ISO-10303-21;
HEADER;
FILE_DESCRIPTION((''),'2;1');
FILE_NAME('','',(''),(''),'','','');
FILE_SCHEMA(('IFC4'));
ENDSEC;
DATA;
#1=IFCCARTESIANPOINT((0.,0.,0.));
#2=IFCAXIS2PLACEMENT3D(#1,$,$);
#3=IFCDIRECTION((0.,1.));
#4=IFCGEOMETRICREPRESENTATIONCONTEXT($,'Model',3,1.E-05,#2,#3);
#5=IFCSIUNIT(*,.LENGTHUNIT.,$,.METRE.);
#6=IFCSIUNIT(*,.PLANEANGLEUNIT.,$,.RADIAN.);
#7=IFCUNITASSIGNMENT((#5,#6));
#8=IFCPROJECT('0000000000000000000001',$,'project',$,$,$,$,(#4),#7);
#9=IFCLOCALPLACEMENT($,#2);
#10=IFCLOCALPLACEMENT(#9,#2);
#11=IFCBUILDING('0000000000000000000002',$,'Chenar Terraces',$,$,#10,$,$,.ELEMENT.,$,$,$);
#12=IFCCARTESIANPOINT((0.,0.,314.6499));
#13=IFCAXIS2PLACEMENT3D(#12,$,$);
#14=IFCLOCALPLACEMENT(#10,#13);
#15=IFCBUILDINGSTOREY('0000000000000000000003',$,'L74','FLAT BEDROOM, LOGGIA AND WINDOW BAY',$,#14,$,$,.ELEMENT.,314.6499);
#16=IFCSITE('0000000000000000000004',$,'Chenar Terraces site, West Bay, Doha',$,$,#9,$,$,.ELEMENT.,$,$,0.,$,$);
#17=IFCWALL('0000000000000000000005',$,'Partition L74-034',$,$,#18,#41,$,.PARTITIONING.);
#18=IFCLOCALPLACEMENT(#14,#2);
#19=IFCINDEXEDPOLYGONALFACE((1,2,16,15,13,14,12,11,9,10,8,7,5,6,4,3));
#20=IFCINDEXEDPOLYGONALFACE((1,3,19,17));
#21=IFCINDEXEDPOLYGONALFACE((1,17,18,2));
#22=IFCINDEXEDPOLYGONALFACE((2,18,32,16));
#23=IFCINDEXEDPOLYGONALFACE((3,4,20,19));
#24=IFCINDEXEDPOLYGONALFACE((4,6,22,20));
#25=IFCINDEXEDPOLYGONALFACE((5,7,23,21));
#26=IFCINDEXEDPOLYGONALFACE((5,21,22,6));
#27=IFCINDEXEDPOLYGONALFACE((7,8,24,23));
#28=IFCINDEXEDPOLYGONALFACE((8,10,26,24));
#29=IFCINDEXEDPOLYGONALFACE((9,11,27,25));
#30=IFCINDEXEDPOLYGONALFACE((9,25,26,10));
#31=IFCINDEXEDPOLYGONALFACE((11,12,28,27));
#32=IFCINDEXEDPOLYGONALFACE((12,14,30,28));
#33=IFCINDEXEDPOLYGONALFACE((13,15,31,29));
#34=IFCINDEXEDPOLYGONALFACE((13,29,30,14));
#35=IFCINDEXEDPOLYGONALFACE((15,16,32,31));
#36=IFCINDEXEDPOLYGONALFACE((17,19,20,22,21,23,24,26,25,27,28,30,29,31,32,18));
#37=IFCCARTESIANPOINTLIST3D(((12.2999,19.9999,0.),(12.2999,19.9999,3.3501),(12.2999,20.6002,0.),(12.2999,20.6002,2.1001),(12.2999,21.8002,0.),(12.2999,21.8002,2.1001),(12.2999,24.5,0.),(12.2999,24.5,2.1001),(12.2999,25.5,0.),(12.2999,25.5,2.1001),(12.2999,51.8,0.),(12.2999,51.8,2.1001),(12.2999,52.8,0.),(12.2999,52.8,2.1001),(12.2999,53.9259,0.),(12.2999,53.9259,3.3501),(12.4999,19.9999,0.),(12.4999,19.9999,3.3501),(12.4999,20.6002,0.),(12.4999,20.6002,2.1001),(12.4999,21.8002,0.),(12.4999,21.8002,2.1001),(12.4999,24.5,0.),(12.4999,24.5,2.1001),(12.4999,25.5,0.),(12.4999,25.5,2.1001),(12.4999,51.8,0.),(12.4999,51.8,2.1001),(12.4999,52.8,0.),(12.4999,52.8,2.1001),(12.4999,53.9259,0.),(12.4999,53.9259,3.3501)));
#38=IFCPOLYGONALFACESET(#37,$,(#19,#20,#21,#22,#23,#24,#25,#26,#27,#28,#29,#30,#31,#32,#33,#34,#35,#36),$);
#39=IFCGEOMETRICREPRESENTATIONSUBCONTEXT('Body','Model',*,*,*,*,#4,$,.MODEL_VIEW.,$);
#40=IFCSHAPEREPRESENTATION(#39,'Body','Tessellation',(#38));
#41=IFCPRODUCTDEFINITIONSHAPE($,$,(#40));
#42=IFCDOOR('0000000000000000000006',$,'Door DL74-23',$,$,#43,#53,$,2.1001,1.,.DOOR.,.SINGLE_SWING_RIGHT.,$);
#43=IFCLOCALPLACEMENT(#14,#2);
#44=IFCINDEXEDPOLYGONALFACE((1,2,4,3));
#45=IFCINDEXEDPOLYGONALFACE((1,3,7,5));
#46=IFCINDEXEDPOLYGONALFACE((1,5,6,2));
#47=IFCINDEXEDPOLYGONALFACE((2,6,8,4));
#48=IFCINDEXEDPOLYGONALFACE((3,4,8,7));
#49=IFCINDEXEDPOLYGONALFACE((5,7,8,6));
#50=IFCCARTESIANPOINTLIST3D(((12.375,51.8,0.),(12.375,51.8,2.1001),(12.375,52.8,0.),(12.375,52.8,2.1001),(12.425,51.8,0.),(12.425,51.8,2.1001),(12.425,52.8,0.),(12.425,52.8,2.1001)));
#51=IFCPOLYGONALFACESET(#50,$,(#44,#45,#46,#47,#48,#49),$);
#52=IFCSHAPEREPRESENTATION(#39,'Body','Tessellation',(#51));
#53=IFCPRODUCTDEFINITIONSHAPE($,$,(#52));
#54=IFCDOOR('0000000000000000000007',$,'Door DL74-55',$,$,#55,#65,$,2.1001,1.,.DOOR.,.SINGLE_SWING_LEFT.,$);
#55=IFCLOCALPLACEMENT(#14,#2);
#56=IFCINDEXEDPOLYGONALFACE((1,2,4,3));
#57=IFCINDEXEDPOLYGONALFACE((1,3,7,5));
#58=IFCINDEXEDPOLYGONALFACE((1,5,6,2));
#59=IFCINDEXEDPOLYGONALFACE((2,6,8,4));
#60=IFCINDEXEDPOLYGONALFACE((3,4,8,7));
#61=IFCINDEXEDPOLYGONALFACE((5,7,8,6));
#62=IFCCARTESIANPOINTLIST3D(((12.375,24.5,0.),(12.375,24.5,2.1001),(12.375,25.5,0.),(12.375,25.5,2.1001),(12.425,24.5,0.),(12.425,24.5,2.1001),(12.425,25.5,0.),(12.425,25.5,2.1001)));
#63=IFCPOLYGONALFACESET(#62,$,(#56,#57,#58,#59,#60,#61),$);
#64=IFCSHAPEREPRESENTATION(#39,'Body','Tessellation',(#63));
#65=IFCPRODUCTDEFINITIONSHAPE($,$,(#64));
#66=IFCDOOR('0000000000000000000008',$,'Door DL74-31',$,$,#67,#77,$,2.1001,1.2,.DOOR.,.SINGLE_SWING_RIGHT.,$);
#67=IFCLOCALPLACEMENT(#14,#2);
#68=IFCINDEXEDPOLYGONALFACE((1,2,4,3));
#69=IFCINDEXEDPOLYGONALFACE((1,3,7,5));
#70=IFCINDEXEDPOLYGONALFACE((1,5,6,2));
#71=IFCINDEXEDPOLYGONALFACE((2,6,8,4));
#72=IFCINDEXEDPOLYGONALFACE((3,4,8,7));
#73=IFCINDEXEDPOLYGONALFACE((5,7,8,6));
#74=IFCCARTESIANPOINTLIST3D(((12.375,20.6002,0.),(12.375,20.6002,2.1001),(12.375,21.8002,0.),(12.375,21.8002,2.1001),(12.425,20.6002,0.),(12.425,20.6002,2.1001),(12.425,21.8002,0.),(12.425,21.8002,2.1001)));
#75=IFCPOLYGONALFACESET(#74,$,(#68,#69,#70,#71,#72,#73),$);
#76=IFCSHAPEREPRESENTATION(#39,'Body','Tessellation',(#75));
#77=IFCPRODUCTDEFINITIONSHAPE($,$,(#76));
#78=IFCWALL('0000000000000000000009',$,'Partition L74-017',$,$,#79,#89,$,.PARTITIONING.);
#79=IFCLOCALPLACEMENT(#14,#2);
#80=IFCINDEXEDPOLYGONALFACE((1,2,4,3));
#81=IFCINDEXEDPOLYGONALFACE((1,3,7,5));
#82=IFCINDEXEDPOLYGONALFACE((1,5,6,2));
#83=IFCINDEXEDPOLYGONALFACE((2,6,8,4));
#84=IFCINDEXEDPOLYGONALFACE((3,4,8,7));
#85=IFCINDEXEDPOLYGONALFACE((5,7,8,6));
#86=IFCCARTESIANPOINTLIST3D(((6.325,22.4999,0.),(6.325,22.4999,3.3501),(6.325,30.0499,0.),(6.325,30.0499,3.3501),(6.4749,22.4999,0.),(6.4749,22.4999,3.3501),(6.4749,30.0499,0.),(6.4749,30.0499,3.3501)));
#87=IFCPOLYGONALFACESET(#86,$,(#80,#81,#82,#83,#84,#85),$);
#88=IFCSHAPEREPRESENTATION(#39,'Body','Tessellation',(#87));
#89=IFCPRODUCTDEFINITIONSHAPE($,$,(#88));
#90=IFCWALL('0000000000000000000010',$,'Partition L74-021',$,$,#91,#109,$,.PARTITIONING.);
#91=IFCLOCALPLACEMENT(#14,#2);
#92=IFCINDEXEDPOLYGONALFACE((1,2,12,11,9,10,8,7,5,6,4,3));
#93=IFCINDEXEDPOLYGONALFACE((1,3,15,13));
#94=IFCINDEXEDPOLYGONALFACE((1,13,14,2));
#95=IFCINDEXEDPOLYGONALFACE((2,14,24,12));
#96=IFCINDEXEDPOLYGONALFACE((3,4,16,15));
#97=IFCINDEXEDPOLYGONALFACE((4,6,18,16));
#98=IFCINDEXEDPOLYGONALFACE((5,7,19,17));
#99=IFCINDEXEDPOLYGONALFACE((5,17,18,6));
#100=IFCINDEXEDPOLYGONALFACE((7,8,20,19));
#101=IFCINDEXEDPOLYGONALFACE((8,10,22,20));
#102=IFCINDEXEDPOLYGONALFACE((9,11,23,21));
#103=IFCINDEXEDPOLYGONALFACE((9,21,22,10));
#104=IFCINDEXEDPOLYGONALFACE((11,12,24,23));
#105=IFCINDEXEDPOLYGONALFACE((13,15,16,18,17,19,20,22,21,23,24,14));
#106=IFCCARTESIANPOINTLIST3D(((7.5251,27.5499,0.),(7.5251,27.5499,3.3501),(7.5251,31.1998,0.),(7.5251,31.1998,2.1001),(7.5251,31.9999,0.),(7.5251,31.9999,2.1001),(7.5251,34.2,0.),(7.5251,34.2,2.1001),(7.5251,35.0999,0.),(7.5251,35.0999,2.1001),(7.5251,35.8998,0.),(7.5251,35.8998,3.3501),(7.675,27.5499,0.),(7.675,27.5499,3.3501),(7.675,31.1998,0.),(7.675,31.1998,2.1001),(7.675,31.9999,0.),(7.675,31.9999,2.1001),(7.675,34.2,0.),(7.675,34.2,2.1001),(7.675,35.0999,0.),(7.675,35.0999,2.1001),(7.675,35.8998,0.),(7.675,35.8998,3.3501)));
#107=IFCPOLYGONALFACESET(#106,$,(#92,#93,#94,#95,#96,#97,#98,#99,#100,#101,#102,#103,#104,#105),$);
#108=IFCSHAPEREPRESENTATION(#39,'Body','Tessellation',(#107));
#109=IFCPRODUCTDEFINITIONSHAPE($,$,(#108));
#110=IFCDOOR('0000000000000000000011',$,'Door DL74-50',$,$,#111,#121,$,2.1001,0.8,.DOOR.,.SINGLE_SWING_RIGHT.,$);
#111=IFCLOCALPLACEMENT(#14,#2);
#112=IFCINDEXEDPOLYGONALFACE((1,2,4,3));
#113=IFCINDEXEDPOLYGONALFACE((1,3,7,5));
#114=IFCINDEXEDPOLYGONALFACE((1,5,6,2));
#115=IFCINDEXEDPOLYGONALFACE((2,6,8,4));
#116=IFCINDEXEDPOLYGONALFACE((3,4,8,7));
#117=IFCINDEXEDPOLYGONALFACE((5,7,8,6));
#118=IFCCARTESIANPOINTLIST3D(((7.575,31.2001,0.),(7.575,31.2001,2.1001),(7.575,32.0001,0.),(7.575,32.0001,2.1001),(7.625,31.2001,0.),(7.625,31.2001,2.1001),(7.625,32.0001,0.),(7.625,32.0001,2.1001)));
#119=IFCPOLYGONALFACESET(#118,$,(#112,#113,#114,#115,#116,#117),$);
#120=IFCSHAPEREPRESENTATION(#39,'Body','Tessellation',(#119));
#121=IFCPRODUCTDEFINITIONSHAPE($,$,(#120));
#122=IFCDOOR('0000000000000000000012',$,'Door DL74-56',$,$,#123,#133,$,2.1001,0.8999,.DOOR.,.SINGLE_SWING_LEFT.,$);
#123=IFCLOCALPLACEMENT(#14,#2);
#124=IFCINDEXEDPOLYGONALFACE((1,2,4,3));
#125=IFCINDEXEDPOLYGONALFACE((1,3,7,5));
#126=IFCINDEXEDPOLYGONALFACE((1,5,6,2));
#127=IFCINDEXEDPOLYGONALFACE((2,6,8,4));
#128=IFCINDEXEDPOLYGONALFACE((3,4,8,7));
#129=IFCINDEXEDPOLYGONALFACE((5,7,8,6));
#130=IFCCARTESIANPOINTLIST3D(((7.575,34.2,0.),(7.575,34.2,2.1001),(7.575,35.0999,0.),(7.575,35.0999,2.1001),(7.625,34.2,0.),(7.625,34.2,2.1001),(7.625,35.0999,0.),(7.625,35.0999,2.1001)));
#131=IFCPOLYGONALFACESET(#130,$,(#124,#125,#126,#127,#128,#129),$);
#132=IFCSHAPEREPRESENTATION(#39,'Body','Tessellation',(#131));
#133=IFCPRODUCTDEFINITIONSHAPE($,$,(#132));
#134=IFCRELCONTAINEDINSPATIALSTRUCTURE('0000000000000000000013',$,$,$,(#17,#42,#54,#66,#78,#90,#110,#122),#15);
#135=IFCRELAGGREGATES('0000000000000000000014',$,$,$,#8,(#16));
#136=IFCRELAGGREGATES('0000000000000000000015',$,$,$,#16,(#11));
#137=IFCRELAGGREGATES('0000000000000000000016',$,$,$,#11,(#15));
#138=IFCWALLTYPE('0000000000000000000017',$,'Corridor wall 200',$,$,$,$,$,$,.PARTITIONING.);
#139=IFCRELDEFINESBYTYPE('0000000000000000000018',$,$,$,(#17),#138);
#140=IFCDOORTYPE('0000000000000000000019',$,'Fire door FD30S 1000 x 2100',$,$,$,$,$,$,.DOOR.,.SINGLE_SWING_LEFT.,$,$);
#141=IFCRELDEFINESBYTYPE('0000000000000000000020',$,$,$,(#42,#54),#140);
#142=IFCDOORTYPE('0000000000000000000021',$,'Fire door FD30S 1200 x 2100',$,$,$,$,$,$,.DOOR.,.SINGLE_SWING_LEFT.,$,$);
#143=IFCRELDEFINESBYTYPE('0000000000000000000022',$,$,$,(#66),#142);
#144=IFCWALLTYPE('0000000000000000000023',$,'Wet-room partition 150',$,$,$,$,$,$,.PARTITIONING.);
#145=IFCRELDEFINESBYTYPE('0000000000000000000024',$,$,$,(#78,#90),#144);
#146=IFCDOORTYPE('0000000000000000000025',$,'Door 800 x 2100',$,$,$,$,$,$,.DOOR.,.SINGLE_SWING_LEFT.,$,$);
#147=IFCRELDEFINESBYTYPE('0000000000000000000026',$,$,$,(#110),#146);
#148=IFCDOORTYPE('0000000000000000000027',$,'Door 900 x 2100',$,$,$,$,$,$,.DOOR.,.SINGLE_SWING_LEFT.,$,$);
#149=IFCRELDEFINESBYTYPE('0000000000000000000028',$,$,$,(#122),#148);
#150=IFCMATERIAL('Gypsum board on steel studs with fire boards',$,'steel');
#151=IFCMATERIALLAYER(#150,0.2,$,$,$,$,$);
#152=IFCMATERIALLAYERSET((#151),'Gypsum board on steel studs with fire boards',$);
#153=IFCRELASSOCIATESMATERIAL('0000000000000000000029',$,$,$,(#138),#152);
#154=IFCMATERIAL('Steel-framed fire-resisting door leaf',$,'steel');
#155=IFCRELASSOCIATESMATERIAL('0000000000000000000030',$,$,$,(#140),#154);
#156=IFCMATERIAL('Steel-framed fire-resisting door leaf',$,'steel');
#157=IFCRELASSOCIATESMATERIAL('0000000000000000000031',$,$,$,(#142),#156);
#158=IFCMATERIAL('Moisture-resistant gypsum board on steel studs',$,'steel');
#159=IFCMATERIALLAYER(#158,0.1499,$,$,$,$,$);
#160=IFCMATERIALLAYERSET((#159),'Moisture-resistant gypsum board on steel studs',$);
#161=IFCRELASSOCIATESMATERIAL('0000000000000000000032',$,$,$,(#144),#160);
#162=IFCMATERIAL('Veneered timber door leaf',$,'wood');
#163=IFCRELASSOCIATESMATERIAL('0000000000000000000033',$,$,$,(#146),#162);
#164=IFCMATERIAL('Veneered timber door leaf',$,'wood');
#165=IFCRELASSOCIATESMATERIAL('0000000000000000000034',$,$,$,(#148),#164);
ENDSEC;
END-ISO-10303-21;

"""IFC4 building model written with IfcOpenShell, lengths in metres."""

from ifc_helpers import new_model, si_unit, direction, frame, frame_2d, origin, place, context, subcontext, project, spatial, rectangle, extrude, material, layer, layer_set, type_object, element, fill, save


model = new_model("IFC4")

# Units and contexts
model_context = context("Model", 3, precision=1e-05, world=origin(), true_north=direction((0.0, 1.0)))
body_context = subcontext(model_context, "Body", "Model", "MODEL_VIEW")
ifc_project = project(units=[si_unit("LENGTHUNIT", "METRE"), si_unit("PLANEANGLEUNIT", "RADIAN")], contexts=[model_context])

# Site, building, storey
site_placement = place(None, origin())
site = spatial("IfcSite", under=ifc_project, at=site_placement, Name="Chenar Terraces site, West Bay, Doha", CompositionType="ELEMENT", RefElevation=0.0)
building_placement = place(site_placement, origin())
building = spatial("IfcBuilding", under=site, at=building_placement, Name="Chenar Terraces", CompositionType="ELEMENT")
storey_placement = place(building_placement, frame((0.0, 0.0, 314.6499)))
storey = spatial("IfcBuildingStorey", under=building, at=storey_placement, Name="L74", Description="FLAT BEDROOM, LOGGIA AND WINDOW BAY", CompositionType="ELEMENT", Elevation=314.6499)

# Wall, openings, doors
ifc_material_1 = material(Name="Gypsum board on steel studs with fire boards", Category="steel")
ifc_layer_1 = layer(ifc_material_1, 0.2)
ifc_layer_set_1 = layer_set([ifc_layer_1], Name="Gypsum board on steel studs with fire boards")
wall_type_1 = type_object("IfcWallType", Name="Corridor wall 200", PredefinedType="PARTITIONING", material=ifc_layer_set_1)
wall_1_placement = place(storey_placement, frame((12.3999, 20.0, 0.0), z_axis=(0.0, 0.0, 1.0), x_axis=(0.0, 1.0, 0.0)))
wall_1 = element("IfcWall", 1, at=wall_1_placement, inside=storey, type_object=wall_type_1, Name="Partition L74-034", PredefinedType="PARTITIONING", context=body_context, shape_type="SweptSolid", body=[
    extrude(rectangle(XDim=33.926, YDim=0.2, at=frame_2d((16.9629, 0.0))), origin(), (0.0, 0.0, 1.0), 3.3501),
])
opening_1_placement = place(wall_1_placement, frame((31.8, 0.0, 0.0)))
opening_1 = element("IfcOpeningElement", 2, at=opening_1_placement, cuts=wall_1, PredefinedType="OPENING", context=body_context, shape_type="SweptSolid", body=[
    extrude(rectangle(XDim=1.0, YDim=2.1001, at=frame_2d((0.5, 1.05))), frame((0.0, 0.1099, 0.0), z_axis=(0.0, -1.0, 0.0), x_axis=(1.0, 0.0, 0.0)), (0.0, 0.0, 1.0), 0.22),
])
opening_2_placement = place(wall_1_placement, frame((0.6001, 0.0, 0.0)))
opening_2 = element("IfcOpeningElement", 3, at=opening_2_placement, cuts=wall_1, PredefinedType="OPENING", context=body_context, shape_type="SweptSolid", body=[
    extrude(rectangle(XDim=1.2, YDim=2.1001, at=frame_2d((0.6001, 1.05))), frame((0.0, 0.1099, 0.0), z_axis=(0.0, -1.0, 0.0), x_axis=(1.0, 0.0, 0.0)), (0.0, 0.0, 1.0), 0.22),
])
opening_3_placement = place(wall_1_placement, frame((4.5, 0.0, 0.0)))
opening_3 = element("IfcOpeningElement", 4, at=opening_3_placement, cuts=wall_1, PredefinedType="OPENING", context=body_context, shape_type="SweptSolid", body=[
    extrude(rectangle(XDim=1.0, YDim=2.1001, at=frame_2d((0.5, 1.05))), frame((0.0, 0.1099, 0.0), z_axis=(0.0, -1.0, 0.0), x_axis=(1.0, 0.0, 0.0)), (0.0, 0.0, 1.0), 0.22),
])
ifc_material_2 = material(Name="Steel-framed fire-resisting door leaf", Category="steel")
door_type_1 = type_object("IfcDoorType", Name="Fire door FD30S 1000 x 2100", OperationType="SINGLE_SWING_LEFT", PredefinedType="DOOR", material=ifc_material_2)
door_1_placement = place(opening_1_placement, origin())
door_1 = element("IfcDoor", 5, at=door_1_placement, inside=storey, type_object=door_type_1, Name="Door DL74-23", OperationType="SINGLE_SWING_RIGHT", OverallHeight=2.1001, OverallWidth=1.0, PredefinedType="DOOR", context=body_context, shape_type="SweptSolid", body=[
    extrude(rectangle(XDim=1.0, YDim=2.1001, at=frame_2d((0.5, 1.05))), frame((0.0, 0.0249, 0.0), z_axis=(0.0, -1.0, 0.0), x_axis=(1.0, 0.0, 0.0)), (0.0, 0.0, 1.0), 0.05),
])
fill(opening_1, door_1)
door_2_placement = place(opening_3_placement, origin())
door_2 = element("IfcDoor", 6, at=door_2_placement, inside=storey, type_object=door_type_1, Name="Door DL74-55", OperationType="SINGLE_SWING_LEFT", OverallHeight=2.1001, OverallWidth=1.0, PredefinedType="DOOR", context=body_context, shape_type="SweptSolid", body=[
    extrude(rectangle(XDim=1.0, YDim=2.1001, at=frame_2d((0.5, 1.05))), frame((0.0, 0.0249, 0.0), z_axis=(0.0, -1.0, 0.0), x_axis=(1.0, 0.0, 0.0)), (0.0, 0.0, 1.0), 0.05),
])
fill(opening_3, door_2)
ifc_material_3 = material(Name="Steel-framed fire-resisting door leaf", Category="steel")
door_type_2 = type_object("IfcDoorType", Name="Fire door FD30S 1200 x 2100", OperationType="SINGLE_SWING_LEFT", PredefinedType="DOOR", material=ifc_material_3)
door_3_placement = place(opening_2_placement, origin())
door_3 = element("IfcDoor", 7, at=door_3_placement, inside=storey, type_object=door_type_2, Name="Door DL74-31", OperationType="SINGLE_SWING_RIGHT", OverallHeight=2.1001, OverallWidth=1.2, PredefinedType="DOOR", context=body_context, shape_type="SweptSolid", body=[
    extrude(rectangle(XDim=1.2, YDim=2.1001, at=frame_2d((0.6001, 1.05))), frame((0.0, 0.0249, 0.0), z_axis=(0.0, -1.0, 0.0), x_axis=(1.0, 0.0, 0.0)), (0.0, 0.0, 1.0), 0.05),
])
fill(opening_2, door_3)

# Wall
ifc_material_4 = material(Name="Moisture-resistant gypsum board on steel studs", Category="steel")
ifc_layer_2 = layer(ifc_material_4, 0.1499)
ifc_layer_set_2 = layer_set([ifc_layer_2], Name="Moisture-resistant gypsum board on steel studs")
wall_type_2 = type_object("IfcWallType", Name="Wet-room partition 150", PredefinedType="PARTITIONING", material=ifc_layer_set_2)
wall_2_placement = place(storey_placement, frame((6.3999, 22.5, 0.0), z_axis=(0.0, 0.0, 1.0), x_axis=(0.0, 1.0, 0.0)))
element("IfcWall", 8, at=wall_2_placement, inside=storey, type_object=wall_type_2, Name="Partition L74-017", PredefinedType="PARTITIONING", context=body_context, shape_type="SweptSolid", body=[
    extrude(rectangle(XDim=7.55, YDim=0.1499, at=frame_2d((3.7749, 0.0))), origin(), (0.0, 0.0, 1.0), 3.3501),
])

# Wall, openings, doors
wall_3_placement = place(storey_placement, frame((7.6001, 27.55, 0.0), z_axis=(0.0, 0.0, 1.0), x_axis=(0.0, 1.0, 0.0)))
wall_3 = element("IfcWall", 9, at=wall_3_placement, inside=storey, type_object=wall_type_2, Name="Partition L74-021", PredefinedType="PARTITIONING", context=body_context, shape_type="SweptSolid", body=[
    extrude(rectangle(XDim=8.3499, YDim=0.1499, at=frame_2d((4.1748, 0.0))), origin(), (0.0, 0.0, 1.0), 3.3501),
])
opening_4_placement = place(wall_3_placement, frame((3.6499, 0.0, 0.0)))
opening_4 = element("IfcOpeningElement", 10, at=opening_4_placement, cuts=wall_3, PredefinedType="OPENING", context=body_context, shape_type="SweptSolid", body=[
    extrude(rectangle(XDim=0.8, YDim=2.1001, at=frame_2d((0.3999, 1.05))), frame((0.0, 0.085, 0.0), z_axis=(0.0, -1.0, 0.0), x_axis=(1.0, 0.0, 0.0)), (0.0, 0.0, 1.0), 0.1699),
])
opening_5_placement = place(wall_3_placement, frame((6.6499, 0.0, 0.0)))
opening_5 = element("IfcOpeningElement", 11, at=opening_5_placement, cuts=wall_3, PredefinedType="OPENING", context=body_context, shape_type="SweptSolid", body=[
    extrude(rectangle(XDim=0.8999, YDim=2.1001, at=frame_2d((0.45, 1.05))), frame((0.0, 0.085, 0.0), z_axis=(0.0, -1.0, 0.0), x_axis=(1.0, 0.0, 0.0)), (0.0, 0.0, 1.0), 0.1699),
])
ifc_material_5 = material(Name="Veneered timber door leaf", Category="wood")
door_type_3 = type_object("IfcDoorType", Name="Door 800 x 2100", OperationType="SINGLE_SWING_LEFT", PredefinedType="DOOR", material=ifc_material_5)
door_4_placement = place(opening_4_placement, frame((0.8, 0.0, 0.0), z_axis=(0.0, 0.0, 1.0), x_axis=(-1.0, 0.0, 0.0)))
door_4 = element("IfcDoor", 12, at=door_4_placement, inside=storey, type_object=door_type_3, Name="Door DL74-50", OperationType="SINGLE_SWING_RIGHT", OverallHeight=2.1001, OverallWidth=0.8, PredefinedType="DOOR", context=body_context, shape_type="SweptSolid", body=[
    extrude(rectangle(XDim=0.8, YDim=2.1001, at=frame_2d((0.3999, 1.05))), frame((0.0, 0.0249, 0.0), z_axis=(0.0, -1.0, 0.0), x_axis=(1.0, 0.0, 0.0)), (0.0, 0.0, 1.0), 0.05),
])
fill(opening_4, door_4)
ifc_material_6 = material(Name="Veneered timber door leaf", Category="wood")
door_type_4 = type_object("IfcDoorType", Name="Door 900 x 2100", OperationType="SINGLE_SWING_LEFT", PredefinedType="DOOR", material=ifc_material_6)
door_5_placement = place(opening_5_placement, frame((0.8999, 0.0, 0.0), z_axis=(0.0, 0.0, 1.0), x_axis=(-1.0, 0.0, 0.0)))
door_5 = element("IfcDoor", 13, at=door_5_placement, inside=storey, type_object=door_type_4, Name="Door DL74-56", OperationType="SINGLE_SWING_LEFT", OverallHeight=2.1001, OverallWidth=0.8999, PredefinedType="DOOR", context=body_context, shape_type="SweptSolid", body=[
    extrude(rectangle(XDim=0.8999, YDim=2.1001, at=frame_2d((0.45, 1.05))), frame((0.0, 0.0249, 0.0), z_axis=(0.0, -1.0, 0.0), x_axis=(1.0, 0.0, 0.0)), (0.0, 0.0, 1.0), 0.05),
])
fill(opening_5, door_5)

save(model, "model.ifc")
